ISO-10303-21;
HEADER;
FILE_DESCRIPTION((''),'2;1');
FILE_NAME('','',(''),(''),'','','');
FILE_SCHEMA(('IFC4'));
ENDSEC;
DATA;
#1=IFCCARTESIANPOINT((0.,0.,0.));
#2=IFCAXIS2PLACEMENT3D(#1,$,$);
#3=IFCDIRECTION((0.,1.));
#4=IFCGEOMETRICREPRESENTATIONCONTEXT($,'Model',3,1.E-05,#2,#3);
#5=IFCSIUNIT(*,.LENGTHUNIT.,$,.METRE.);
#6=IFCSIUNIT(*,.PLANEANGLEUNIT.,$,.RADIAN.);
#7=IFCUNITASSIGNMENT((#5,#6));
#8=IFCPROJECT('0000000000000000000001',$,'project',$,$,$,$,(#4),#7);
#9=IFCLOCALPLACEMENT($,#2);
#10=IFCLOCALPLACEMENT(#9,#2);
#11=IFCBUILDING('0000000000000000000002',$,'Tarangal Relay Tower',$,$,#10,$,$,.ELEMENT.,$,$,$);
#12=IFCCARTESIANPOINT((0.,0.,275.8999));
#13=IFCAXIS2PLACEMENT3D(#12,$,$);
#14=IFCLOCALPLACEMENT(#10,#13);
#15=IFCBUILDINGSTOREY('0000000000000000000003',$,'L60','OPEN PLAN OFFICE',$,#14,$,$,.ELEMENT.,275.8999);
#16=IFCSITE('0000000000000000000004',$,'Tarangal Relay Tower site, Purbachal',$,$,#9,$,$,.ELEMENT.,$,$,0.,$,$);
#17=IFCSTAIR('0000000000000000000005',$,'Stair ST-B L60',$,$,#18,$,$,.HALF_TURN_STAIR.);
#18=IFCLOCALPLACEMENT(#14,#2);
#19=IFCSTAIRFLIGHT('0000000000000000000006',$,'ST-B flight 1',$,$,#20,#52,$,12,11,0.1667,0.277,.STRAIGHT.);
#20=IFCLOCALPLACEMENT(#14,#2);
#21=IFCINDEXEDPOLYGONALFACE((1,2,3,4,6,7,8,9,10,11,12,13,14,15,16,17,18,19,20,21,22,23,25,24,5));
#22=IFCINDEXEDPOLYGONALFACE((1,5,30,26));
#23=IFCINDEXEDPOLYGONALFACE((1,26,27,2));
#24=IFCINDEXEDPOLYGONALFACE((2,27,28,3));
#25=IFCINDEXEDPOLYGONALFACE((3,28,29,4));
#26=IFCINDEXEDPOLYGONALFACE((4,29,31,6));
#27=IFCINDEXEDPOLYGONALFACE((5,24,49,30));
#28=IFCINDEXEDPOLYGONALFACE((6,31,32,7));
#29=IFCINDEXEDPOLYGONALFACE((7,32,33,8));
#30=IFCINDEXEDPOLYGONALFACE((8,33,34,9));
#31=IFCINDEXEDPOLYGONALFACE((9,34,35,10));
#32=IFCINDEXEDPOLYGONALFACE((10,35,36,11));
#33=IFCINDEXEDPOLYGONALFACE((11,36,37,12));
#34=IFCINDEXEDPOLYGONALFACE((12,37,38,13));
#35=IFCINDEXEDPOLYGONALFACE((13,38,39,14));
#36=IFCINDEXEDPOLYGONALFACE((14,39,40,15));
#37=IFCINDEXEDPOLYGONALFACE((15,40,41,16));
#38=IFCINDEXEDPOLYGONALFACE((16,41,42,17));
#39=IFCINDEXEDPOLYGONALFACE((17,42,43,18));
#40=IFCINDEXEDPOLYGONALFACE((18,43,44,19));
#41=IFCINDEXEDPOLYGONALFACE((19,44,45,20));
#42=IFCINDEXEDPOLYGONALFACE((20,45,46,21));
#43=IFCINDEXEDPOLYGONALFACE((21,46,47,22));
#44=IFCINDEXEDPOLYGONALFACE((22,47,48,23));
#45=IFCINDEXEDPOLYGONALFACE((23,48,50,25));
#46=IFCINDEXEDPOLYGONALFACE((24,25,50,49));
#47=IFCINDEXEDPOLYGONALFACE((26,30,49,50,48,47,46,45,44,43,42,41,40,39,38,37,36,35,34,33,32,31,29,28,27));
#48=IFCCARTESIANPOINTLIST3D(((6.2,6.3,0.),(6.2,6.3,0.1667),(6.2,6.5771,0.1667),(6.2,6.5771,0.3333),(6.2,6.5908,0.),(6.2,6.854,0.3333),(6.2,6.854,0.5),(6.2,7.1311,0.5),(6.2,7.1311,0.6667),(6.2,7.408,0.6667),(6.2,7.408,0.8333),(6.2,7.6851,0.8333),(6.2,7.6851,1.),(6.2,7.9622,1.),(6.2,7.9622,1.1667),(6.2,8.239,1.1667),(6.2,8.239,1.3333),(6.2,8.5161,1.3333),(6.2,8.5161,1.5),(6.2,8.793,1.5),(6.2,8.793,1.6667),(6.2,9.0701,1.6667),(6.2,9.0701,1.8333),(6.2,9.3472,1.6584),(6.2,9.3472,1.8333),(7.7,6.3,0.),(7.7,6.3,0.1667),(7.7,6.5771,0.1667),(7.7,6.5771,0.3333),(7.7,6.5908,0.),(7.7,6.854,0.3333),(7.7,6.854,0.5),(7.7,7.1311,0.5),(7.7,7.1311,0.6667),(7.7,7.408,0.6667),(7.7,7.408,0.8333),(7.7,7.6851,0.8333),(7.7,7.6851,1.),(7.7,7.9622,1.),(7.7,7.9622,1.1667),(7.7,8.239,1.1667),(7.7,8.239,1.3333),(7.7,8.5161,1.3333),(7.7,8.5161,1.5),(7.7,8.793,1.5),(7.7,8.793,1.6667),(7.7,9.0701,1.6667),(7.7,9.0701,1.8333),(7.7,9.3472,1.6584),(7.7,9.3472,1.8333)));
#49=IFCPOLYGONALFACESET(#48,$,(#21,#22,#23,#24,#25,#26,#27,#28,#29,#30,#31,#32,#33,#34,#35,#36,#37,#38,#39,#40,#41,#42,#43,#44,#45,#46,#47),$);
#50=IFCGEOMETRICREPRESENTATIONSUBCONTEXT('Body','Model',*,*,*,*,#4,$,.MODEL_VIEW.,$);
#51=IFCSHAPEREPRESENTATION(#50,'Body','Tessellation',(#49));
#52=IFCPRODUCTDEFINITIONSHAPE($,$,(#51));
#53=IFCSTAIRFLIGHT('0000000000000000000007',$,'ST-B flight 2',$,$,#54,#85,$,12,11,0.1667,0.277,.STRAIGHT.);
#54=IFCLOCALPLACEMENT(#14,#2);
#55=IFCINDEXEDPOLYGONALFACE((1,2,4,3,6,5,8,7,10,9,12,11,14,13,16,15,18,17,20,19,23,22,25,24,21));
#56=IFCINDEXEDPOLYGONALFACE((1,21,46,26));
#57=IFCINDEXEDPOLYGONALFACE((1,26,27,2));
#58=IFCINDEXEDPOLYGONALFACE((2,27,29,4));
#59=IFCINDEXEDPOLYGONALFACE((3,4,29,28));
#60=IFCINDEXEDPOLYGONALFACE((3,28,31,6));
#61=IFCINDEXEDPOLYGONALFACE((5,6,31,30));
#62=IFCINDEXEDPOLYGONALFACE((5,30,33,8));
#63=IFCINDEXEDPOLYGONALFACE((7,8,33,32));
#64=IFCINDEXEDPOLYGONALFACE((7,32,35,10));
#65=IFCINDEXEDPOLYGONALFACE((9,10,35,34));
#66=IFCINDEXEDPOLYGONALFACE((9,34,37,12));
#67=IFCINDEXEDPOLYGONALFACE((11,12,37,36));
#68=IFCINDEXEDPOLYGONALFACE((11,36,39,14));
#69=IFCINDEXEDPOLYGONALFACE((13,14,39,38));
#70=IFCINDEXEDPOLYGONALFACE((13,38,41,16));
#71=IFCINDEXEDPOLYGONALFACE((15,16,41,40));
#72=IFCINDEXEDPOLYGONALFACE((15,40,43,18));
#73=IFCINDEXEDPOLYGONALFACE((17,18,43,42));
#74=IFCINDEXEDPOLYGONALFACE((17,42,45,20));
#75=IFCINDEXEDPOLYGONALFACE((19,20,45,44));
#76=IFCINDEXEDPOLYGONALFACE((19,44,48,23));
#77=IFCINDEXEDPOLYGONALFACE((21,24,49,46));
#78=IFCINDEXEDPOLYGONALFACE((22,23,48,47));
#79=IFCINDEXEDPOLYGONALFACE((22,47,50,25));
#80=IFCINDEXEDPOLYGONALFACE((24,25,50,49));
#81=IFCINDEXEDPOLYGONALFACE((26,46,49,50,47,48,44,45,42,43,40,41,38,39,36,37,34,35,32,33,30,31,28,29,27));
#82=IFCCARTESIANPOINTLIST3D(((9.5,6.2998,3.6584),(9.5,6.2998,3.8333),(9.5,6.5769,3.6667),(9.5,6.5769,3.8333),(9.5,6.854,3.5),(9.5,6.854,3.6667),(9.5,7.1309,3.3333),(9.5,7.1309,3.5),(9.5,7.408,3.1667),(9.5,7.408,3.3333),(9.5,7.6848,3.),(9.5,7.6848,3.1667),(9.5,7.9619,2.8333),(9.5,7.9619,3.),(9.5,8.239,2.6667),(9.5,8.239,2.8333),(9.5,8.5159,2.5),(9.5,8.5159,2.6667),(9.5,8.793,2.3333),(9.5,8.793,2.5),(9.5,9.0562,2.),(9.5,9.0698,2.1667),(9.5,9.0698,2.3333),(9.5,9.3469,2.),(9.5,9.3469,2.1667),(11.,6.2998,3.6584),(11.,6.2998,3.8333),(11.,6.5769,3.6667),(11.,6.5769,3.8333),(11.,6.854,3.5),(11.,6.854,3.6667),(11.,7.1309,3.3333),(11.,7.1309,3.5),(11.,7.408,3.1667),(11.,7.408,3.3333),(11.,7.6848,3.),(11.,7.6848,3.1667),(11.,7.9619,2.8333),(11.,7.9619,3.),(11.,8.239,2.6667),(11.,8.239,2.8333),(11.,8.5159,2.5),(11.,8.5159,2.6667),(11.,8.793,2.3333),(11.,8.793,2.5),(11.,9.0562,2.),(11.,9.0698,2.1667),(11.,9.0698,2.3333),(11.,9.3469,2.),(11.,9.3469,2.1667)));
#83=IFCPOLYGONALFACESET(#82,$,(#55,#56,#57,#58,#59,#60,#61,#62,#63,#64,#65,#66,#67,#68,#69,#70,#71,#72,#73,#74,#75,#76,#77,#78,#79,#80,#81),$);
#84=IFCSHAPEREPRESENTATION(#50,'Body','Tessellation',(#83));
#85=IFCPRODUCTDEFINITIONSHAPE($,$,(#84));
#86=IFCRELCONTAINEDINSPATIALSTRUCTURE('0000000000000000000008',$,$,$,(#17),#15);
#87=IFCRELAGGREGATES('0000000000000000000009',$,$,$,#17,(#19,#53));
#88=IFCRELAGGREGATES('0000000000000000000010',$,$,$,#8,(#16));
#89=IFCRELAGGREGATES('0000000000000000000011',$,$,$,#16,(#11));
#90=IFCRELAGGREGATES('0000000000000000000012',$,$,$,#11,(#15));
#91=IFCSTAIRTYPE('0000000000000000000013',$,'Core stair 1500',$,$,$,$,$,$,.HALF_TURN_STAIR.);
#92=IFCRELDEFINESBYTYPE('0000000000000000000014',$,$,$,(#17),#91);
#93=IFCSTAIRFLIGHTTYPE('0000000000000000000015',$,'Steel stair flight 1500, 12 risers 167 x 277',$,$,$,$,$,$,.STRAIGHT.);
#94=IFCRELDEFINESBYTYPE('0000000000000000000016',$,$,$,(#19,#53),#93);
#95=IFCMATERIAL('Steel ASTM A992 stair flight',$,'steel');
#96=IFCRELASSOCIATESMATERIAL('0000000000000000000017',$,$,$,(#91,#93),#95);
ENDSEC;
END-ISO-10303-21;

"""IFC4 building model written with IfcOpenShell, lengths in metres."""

from ifc_helpers import new_model, si_unit, direction, frame, origin, place, context, subcontext, project, spatial, polyline, outline, extrude, material, type_object, element, aggregate, save


model = new_model("IFC4")

# Units and contexts
model_context = context("Model", 3, precision=1e-05, world=origin(), true_north=direction((0.0, 1.0)))
body_context = subcontext(model_context, "Body", "Model", "MODEL_VIEW")
ifc_project = project(units=[si_unit("LENGTHUNIT", "METRE"), si_unit("PLANEANGLEUNIT", "RADIAN")], contexts=[model_context])

# Site, building, storey
site_placement = place(None, origin())
site = spatial("IfcSite", under=ifc_project, at=site_placement, Name="Tarangal Relay Tower site, Purbachal", CompositionType="ELEMENT", RefElevation=0.0)
building_placement = place(site_placement, origin())
building = spatial("IfcBuilding", under=site, at=building_placement, Name="Tarangal Relay Tower", CompositionType="ELEMENT")
storey_placement = place(building_placement, frame((0.0, 0.0, 275.8999)))
storey = spatial("IfcBuildingStorey", under=building, at=storey_placement, Name="L60", Description="OPEN PLAN OFFICE", CompositionType="ELEMENT", Elevation=275.8999)

# Stair
ifc_material_1 = material(Name="Steel ASTM A992 stair flight", Category="steel")
stair_type = type_object("IfcStairType", Name="Core stair 1500", PredefinedType="HALF_TURN_STAIR", material=ifc_material_1)
stair_1_placement = place(storey_placement, origin())
stair_1 = element("IfcStair", 1, at=stair_1_placement, inside=storey, type_object=stair_type, Name="Stair ST-B L60", PredefinedType="HALF_TURN_STAIR")

# Stair flights
stair_flight_type = type_object("IfcStairFlightType", Name="Steel stair flight 1500, 12 risers 167 x 277", PredefinedType="STRAIGHT", material=ifc_material_1)
stair_flight_1_placement = place(storey_placement, frame((6.95, 6.3, 0.0), z_axis=(0.0, 0.0, 1.0), x_axis=(0.0, 1.0, 0.0)))
stair_flight_1 = element("IfcStairFlight", 2, at=stair_flight_1_placement, type_object=stair_flight_type, Name="ST-B flight 1", NumberOfRisers=12, NumberOfTreads=11, PredefinedType="STRAIGHT", RiserHeight=0.1667, TreadLength=0.277, context=body_context, shape_type="SweptSolid", body=[
    extrude(outline(polyline([(0.0, 0.0), (0.0, 0.1667), (0.2771, 0.1667), (0.2771, 0.3333), (0.554, 0.3333), (0.554, 0.5), (0.8311, 0.5), (0.8311, 0.6667), (1.1079, 0.6667), (1.1079, 0.8333), (1.385, 0.8333), (1.385, 1.0), (1.6621, 1.0), (1.6621, 1.1667), (1.939, 1.1667), (1.939, 1.3333), (2.2161, 1.3333), (2.2161, 1.5), (2.4929, 1.5), (2.4929, 1.6667), (2.77, 1.6667), (2.77, 1.8333), (3.0471, 1.8333), (3.0471, 2.0), (3.0471, 1.6584), (0.2908, 0.0), (0.0, 0.0)])), frame((0.0, 0.75, 0.0), z_axis=(0.0, -1.0, 0.0), x_axis=(1.0, 0.0, 0.0)), (0.0, 0.0, 1.0), 1.5),
])
stair_flight_2_placement = place(storey_placement, frame((10.25, 9.3469, 2.0), z_axis=(0.0, 0.0, 1.0), x_axis=(0.0, -1.0, 0.0)))
stair_flight_2 = element("IfcStairFlight", 3, at=stair_flight_2_placement, type_object=stair_flight_type, Name="ST-B flight 2", NumberOfRisers=12, NumberOfTreads=11, PredefinedType="STRAIGHT", RiserHeight=0.1667, TreadLength=0.277, context=body_context, shape_type="SweptSolid", body=[
    extrude(outline(polyline([(0.0, 0.0), (0.0, 0.1667), (0.2771, 0.1667), (0.2771, 0.3333), (0.554, 0.3333), (0.554, 0.5), (0.8311, 0.5), (0.8311, 0.6667), (1.1079, 0.6667), (1.1079, 0.8333), (1.385, 0.8333), (1.385, 1.0), (1.6621, 1.0), (1.6621, 1.1667), (1.939, 1.1667), (1.939, 1.3333), (2.2161, 1.3333), (2.2161, 1.5), (2.4929, 1.5), (2.4929, 1.6667), (2.77, 1.6667), (2.77, 1.8333), (3.0471, 1.8333), (3.0471, 2.0), (3.0471, 1.6584), (0.2908, 0.0), (0.0, 0.0)])), frame((0.0, 0.75, 0.0), z_axis=(0.0, -1.0, 0.0), x_axis=(1.0, 0.0, 0.0)), (0.0, 0.0, 1.0), 1.5),
])
aggregate(stair_1, [stair_flight_1, stair_flight_2])

save(model, "model.ifc")
